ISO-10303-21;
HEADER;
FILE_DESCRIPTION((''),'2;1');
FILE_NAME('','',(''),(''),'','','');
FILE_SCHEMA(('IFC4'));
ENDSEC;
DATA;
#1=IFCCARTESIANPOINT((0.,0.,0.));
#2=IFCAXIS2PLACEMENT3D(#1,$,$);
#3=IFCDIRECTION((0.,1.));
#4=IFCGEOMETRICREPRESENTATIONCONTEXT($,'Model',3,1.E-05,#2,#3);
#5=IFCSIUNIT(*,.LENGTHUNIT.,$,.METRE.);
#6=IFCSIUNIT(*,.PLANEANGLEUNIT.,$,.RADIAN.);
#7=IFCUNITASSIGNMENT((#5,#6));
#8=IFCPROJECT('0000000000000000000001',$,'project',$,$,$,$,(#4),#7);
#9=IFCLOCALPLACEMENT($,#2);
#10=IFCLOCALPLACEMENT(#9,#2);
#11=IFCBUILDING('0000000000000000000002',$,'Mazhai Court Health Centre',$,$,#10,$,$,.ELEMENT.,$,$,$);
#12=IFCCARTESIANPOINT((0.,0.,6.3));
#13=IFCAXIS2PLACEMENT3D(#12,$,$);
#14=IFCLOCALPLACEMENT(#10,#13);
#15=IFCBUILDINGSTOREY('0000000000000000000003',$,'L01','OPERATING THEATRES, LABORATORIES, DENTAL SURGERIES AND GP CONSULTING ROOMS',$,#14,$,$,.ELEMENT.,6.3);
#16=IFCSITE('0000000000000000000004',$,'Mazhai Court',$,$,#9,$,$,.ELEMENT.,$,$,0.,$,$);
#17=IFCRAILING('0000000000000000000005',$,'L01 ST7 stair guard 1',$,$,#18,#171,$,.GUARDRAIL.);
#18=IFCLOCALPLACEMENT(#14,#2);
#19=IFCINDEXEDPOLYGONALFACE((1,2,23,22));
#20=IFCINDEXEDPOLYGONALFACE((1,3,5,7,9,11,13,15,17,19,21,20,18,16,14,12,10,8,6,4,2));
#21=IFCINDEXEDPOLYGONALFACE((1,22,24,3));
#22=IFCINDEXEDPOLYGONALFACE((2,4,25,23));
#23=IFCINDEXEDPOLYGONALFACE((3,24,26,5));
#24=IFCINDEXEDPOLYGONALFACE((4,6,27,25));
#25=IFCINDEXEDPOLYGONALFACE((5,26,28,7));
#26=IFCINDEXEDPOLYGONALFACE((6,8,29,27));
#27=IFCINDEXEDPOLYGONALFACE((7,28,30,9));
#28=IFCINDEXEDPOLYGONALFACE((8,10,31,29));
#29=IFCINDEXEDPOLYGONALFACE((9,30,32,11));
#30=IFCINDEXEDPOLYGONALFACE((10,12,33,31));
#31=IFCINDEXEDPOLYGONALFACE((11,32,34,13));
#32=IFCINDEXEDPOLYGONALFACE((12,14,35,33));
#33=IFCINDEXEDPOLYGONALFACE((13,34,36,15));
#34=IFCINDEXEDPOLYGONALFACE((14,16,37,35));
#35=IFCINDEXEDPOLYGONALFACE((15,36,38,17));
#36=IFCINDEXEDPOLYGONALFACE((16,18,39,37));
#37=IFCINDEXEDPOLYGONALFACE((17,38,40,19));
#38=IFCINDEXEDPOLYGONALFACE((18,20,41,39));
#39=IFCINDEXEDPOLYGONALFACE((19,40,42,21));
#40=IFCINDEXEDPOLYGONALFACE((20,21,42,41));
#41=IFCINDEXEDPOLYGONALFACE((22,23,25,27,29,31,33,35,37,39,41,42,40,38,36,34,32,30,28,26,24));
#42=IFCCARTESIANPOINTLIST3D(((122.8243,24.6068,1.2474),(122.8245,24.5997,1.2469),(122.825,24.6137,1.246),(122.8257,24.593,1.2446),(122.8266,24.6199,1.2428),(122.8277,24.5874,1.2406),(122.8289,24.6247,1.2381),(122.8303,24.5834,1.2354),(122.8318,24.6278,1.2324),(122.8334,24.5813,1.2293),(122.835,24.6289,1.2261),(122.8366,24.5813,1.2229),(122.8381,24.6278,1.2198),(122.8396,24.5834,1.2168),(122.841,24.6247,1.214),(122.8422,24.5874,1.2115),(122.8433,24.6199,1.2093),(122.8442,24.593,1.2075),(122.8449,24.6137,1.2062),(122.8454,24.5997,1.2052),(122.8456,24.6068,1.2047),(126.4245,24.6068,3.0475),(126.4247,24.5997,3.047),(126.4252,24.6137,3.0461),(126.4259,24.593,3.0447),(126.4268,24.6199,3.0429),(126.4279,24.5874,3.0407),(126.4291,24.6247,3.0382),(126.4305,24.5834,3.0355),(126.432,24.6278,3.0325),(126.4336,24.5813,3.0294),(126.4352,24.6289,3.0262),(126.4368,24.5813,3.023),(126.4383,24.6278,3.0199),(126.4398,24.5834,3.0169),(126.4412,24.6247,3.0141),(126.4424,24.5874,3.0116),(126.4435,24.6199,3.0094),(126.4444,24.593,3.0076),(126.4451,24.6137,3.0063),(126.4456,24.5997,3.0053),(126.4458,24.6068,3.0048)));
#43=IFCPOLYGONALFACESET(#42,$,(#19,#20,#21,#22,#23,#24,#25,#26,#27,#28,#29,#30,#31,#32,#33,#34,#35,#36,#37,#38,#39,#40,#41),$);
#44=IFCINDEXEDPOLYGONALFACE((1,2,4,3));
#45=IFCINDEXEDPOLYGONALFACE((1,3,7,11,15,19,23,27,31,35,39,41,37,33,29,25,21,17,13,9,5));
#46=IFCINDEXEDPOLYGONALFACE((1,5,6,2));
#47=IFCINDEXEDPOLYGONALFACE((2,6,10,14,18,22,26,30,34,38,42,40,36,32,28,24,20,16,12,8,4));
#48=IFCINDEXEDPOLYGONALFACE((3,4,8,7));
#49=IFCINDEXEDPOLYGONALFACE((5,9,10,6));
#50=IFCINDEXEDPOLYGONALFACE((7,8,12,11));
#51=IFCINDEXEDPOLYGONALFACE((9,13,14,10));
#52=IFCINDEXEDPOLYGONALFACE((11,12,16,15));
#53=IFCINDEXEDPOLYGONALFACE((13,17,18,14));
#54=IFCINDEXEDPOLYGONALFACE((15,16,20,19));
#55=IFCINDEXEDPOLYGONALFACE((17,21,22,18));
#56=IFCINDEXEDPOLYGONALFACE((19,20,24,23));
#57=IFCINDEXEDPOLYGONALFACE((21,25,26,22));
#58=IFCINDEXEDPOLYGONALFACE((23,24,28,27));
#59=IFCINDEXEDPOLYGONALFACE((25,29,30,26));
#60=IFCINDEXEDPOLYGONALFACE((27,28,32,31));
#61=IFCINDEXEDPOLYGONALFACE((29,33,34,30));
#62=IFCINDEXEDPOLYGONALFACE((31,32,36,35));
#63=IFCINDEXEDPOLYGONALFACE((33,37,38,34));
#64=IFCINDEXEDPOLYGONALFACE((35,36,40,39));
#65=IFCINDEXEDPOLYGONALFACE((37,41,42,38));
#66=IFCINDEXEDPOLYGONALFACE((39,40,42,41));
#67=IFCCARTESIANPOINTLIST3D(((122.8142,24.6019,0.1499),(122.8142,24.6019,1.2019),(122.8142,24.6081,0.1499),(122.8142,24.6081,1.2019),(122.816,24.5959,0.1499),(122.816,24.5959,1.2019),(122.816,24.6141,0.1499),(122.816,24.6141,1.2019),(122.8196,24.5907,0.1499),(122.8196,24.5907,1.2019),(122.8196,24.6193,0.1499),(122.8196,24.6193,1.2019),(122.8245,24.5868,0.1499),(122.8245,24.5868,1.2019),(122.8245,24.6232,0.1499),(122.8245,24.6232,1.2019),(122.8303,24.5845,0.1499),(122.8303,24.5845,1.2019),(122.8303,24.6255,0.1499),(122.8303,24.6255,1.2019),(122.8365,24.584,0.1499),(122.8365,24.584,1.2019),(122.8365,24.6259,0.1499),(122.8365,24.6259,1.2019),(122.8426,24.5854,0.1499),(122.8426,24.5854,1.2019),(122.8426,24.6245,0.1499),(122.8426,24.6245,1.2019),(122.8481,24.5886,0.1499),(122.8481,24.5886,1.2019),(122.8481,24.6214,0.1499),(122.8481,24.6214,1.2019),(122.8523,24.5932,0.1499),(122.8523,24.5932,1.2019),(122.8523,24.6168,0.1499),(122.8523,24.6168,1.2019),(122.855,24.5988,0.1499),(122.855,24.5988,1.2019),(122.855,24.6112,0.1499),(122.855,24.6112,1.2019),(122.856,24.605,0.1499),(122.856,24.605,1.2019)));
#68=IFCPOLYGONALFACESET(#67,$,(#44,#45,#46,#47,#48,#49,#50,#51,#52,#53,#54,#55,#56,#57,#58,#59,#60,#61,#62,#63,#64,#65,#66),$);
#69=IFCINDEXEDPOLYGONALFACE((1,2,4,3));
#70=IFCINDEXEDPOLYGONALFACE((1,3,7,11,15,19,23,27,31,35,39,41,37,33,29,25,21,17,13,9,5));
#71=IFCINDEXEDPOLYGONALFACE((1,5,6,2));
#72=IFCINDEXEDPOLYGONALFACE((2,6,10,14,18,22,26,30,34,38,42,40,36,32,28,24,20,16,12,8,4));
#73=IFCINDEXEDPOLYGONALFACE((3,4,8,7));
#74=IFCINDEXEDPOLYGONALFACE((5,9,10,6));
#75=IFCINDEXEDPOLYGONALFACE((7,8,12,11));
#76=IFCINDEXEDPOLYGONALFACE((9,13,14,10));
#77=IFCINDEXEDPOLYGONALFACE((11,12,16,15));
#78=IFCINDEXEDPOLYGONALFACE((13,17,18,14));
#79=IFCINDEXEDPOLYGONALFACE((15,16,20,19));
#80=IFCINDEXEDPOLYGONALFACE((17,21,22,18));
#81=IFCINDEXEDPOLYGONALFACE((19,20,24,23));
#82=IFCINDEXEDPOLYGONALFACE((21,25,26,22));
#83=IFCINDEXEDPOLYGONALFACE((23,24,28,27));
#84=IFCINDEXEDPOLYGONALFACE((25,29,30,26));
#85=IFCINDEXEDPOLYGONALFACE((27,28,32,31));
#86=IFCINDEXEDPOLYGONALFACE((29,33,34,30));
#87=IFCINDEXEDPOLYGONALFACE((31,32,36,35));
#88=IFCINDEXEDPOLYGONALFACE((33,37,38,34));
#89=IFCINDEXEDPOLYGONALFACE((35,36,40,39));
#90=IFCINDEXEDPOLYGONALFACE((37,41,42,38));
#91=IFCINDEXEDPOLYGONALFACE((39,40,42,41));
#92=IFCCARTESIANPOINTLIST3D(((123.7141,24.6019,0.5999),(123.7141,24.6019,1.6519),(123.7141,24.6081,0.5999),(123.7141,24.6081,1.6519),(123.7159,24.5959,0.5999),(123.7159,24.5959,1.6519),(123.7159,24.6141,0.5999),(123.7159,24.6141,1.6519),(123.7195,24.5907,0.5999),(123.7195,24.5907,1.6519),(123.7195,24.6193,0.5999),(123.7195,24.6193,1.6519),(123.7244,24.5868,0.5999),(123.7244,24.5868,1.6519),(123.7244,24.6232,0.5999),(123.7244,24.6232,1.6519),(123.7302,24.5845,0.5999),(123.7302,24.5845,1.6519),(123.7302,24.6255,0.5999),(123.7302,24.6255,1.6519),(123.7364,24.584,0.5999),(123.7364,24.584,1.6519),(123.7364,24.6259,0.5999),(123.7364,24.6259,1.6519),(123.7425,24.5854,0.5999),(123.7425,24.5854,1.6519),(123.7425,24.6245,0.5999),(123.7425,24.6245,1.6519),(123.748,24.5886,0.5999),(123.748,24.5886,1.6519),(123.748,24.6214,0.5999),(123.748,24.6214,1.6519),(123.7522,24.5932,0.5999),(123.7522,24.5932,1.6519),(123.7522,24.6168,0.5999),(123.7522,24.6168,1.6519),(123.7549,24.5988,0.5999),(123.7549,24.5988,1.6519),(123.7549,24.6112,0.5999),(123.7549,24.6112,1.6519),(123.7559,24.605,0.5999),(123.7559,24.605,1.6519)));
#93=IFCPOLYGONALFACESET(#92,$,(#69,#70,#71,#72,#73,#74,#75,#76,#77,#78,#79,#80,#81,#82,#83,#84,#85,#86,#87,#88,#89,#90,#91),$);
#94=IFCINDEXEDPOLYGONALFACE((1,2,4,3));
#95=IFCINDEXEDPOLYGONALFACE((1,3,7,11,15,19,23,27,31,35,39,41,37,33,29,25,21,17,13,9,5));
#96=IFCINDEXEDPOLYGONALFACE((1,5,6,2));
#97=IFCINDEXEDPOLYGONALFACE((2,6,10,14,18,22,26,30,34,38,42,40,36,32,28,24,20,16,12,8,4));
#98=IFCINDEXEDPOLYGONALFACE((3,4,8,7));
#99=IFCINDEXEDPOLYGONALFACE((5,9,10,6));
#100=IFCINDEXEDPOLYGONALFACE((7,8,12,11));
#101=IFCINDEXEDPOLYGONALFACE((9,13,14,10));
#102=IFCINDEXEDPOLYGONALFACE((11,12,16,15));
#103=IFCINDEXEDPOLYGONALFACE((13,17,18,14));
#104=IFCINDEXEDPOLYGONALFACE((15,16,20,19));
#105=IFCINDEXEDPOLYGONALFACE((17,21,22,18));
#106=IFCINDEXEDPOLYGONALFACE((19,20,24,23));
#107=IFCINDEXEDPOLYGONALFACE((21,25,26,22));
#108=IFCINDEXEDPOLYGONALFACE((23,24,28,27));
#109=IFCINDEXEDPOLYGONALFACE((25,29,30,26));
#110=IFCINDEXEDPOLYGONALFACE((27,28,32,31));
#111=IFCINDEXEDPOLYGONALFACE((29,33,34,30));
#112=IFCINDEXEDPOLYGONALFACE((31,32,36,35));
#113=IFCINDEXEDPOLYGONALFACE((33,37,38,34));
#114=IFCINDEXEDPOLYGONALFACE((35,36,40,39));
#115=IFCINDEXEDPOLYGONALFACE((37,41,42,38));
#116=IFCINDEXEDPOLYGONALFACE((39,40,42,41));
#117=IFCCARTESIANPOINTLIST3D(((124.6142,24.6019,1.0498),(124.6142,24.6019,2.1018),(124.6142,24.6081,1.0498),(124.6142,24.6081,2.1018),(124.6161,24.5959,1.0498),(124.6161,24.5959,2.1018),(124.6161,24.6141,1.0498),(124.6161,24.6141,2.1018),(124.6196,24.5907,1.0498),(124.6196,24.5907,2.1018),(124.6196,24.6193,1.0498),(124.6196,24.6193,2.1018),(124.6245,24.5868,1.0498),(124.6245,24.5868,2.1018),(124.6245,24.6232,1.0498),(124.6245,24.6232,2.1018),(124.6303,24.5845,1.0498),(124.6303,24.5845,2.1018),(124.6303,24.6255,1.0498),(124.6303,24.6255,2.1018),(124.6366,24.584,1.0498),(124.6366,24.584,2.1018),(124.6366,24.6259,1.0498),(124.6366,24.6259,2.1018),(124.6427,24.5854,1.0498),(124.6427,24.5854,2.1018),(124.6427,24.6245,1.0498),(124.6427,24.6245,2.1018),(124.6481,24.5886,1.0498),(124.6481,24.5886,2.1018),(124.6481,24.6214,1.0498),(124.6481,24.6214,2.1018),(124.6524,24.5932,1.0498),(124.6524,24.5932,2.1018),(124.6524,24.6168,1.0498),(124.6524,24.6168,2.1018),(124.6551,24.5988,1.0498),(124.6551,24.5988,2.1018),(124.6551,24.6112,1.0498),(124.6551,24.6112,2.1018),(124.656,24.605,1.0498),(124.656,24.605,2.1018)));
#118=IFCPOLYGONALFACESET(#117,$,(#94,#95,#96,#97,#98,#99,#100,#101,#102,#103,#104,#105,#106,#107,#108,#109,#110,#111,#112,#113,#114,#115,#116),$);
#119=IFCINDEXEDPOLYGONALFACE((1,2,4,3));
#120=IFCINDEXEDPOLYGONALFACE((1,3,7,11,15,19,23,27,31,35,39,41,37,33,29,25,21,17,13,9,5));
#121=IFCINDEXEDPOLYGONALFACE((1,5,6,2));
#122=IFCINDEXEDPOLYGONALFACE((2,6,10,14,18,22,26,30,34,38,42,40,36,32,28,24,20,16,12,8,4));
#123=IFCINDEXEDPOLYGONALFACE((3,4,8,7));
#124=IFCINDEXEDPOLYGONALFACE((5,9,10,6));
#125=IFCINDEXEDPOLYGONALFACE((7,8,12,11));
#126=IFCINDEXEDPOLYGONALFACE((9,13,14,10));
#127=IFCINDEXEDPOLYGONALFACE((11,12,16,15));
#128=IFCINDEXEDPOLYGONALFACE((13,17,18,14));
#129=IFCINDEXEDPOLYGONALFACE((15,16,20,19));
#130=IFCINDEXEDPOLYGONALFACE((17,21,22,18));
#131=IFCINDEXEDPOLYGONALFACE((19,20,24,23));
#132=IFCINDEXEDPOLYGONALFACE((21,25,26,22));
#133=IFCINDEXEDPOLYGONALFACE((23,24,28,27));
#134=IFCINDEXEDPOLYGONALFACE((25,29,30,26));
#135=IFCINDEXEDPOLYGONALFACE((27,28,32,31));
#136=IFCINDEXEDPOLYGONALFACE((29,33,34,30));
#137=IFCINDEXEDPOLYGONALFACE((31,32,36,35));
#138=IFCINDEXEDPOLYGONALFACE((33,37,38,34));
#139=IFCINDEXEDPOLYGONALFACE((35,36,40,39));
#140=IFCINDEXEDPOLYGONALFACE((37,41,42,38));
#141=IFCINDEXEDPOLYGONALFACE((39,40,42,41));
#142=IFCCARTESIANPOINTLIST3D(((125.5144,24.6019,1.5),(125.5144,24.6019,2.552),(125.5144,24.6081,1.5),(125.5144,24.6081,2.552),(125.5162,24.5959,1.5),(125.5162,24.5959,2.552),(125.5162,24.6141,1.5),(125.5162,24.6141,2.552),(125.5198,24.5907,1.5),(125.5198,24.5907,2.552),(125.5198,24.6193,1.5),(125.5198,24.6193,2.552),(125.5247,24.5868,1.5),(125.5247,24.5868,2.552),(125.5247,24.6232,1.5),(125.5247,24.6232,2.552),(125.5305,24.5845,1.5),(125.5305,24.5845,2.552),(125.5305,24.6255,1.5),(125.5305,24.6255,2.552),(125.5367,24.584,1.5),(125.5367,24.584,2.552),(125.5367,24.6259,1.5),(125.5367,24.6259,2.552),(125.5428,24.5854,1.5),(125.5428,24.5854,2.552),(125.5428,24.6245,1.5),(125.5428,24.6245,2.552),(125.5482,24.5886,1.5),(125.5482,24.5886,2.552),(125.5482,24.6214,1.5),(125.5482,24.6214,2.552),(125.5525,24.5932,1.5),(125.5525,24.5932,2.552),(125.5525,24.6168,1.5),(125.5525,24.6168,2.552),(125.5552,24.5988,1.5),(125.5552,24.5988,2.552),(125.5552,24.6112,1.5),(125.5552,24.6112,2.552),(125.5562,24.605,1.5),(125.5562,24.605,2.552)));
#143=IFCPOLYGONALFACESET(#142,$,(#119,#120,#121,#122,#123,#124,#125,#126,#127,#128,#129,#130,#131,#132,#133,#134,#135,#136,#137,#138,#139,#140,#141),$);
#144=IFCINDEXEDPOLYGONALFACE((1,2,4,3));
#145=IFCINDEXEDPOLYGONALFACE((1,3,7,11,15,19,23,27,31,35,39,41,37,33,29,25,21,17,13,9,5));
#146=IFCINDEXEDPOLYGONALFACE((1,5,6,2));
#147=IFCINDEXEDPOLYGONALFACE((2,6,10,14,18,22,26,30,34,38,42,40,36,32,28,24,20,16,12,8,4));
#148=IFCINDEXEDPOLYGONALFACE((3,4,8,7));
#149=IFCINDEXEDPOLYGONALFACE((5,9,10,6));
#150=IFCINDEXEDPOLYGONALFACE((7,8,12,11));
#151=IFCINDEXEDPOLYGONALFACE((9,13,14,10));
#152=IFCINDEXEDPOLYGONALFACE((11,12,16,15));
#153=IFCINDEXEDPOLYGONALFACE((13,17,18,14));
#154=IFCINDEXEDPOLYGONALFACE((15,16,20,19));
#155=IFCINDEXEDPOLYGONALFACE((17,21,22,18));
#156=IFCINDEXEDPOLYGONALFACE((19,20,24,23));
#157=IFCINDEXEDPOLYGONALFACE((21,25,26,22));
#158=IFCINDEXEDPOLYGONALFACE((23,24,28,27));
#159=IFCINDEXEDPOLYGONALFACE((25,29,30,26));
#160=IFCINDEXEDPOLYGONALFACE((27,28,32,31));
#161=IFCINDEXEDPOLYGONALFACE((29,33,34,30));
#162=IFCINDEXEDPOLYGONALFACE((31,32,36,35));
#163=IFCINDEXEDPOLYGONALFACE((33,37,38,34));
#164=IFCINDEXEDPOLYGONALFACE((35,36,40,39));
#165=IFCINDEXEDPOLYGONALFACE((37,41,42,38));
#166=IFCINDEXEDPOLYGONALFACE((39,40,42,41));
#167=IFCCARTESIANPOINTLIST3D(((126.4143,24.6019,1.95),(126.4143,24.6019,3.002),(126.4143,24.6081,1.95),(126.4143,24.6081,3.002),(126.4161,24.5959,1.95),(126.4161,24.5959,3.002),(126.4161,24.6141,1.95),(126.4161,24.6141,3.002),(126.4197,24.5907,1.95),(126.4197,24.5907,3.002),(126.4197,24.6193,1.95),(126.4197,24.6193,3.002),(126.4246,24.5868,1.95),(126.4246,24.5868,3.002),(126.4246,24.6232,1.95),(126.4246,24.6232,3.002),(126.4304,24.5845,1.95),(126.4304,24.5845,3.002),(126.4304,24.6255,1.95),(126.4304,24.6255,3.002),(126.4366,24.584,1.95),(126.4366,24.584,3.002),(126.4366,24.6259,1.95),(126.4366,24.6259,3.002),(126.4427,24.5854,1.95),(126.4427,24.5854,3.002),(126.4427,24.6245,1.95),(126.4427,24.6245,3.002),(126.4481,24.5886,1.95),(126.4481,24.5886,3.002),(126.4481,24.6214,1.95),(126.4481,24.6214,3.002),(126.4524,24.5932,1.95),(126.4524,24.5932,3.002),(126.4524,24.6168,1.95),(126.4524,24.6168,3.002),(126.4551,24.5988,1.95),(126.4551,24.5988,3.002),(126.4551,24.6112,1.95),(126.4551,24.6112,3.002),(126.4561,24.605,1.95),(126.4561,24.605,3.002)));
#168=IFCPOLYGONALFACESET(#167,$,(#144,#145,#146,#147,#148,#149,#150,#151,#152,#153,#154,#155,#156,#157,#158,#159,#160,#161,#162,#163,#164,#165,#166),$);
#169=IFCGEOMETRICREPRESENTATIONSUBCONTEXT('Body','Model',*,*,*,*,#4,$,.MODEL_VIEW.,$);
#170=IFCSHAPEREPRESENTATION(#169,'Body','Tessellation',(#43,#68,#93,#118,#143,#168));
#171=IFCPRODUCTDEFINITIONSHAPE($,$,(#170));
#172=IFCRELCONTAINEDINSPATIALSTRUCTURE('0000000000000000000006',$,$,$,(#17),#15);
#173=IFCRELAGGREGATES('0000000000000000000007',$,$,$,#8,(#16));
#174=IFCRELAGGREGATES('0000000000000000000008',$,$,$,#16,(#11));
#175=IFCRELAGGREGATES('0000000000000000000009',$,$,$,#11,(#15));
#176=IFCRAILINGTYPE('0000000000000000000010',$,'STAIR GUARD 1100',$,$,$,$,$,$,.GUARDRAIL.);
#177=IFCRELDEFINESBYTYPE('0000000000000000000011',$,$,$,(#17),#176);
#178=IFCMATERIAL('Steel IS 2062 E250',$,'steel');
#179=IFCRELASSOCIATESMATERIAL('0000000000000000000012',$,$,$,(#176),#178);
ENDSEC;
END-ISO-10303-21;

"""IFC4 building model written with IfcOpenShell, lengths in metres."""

from ifc_helpers import new_model, si_unit, direction, frame, origin, origin_2d, place, context, subcontext, project, spatial, circle, extrude, material, type_object, element, save


model = new_model("IFC4")

# Units and contexts
model_context = context("Model", 3, precision=1e-05, world=origin(), true_north=direction((0.0, 1.0)))
body_context = subcontext(model_context, "Body", "Model", "MODEL_VIEW")
ifc_project = project(units=[si_unit("LENGTHUNIT", "METRE"), si_unit("PLANEANGLEUNIT", "RADIAN")], contexts=[model_context])

# Site, building, storey
site_placement = place(None, origin())
site = spatial("IfcSite", under=ifc_project, at=site_placement, Name="Mazhai Court", CompositionType="ELEMENT", RefElevation=0.0)
building_placement = place(site_placement, origin())
building = spatial("IfcBuilding", under=site, at=building_placement, Name="Mazhai Court Health Centre", CompositionType="ELEMENT")
storey_placement = place(building_placement, frame((0.0, 0.0, 6.3)))
storey = spatial("IfcBuildingStorey", under=building, at=storey_placement, Name="L01", Description="OPERATING THEATRES, LABORATORIES, DENTAL SURGERIES AND GP CONSULTING ROOMS", CompositionType="ELEMENT", Elevation=6.3)

# Railing
ifc_material_1 = material(Name="Steel IS 2062 E250", Category="steel")
railing_type_1 = type_object("IfcRailingType", Name="STAIR GUARD 1100", PredefinedType="GUARDRAIL", material=ifc_material_1)
railing_1_placement = place(storey_placement, frame((122.835, 24.605, 0.1499)))
element("IfcRailing", 1, at=railing_1_placement, inside=storey, type_object=railing_type_1, Name="L01 ST7 stair guard 1", PredefinedType="GUARDRAIL", context=body_context, shape_type="SweptSolid", body=[
    extrude(circle(Radius=0.0239, at=origin_2d()), frame((0.0, 0.0, 1.0762), z_axis=(0.894427, 0.0, 0.447214), x_axis=(0.0, 1.0, 0.0)), (0.0, 0.0, 1.0), 4.0251),
    extrude(circle(Radius=0.021, at=origin_2d()), origin(), (0.0, 0.0, 1.0), 1.052),
    extrude(circle(Radius=0.021, at=origin_2d()), frame((0.8999, 0.0, 0.45)), (0.0, 0.0, 1.0), 1.052),
    extrude(circle(Radius=0.021, at=origin_2d()), frame((1.8, 0.0, 0.8999)), (0.0, 0.0, 1.0), 1.052),
    extrude(circle(Radius=0.021, at=origin_2d()), frame((2.7002, 0.0, 1.3501)), (0.0, 0.0, 1.0), 1.052),
    extrude(circle(Radius=0.021, at=origin_2d()), frame((3.6001, 0.0, 1.8)), (0.0, 0.0, 1.0), 1.052),
])

save(model, "model.ifc")
